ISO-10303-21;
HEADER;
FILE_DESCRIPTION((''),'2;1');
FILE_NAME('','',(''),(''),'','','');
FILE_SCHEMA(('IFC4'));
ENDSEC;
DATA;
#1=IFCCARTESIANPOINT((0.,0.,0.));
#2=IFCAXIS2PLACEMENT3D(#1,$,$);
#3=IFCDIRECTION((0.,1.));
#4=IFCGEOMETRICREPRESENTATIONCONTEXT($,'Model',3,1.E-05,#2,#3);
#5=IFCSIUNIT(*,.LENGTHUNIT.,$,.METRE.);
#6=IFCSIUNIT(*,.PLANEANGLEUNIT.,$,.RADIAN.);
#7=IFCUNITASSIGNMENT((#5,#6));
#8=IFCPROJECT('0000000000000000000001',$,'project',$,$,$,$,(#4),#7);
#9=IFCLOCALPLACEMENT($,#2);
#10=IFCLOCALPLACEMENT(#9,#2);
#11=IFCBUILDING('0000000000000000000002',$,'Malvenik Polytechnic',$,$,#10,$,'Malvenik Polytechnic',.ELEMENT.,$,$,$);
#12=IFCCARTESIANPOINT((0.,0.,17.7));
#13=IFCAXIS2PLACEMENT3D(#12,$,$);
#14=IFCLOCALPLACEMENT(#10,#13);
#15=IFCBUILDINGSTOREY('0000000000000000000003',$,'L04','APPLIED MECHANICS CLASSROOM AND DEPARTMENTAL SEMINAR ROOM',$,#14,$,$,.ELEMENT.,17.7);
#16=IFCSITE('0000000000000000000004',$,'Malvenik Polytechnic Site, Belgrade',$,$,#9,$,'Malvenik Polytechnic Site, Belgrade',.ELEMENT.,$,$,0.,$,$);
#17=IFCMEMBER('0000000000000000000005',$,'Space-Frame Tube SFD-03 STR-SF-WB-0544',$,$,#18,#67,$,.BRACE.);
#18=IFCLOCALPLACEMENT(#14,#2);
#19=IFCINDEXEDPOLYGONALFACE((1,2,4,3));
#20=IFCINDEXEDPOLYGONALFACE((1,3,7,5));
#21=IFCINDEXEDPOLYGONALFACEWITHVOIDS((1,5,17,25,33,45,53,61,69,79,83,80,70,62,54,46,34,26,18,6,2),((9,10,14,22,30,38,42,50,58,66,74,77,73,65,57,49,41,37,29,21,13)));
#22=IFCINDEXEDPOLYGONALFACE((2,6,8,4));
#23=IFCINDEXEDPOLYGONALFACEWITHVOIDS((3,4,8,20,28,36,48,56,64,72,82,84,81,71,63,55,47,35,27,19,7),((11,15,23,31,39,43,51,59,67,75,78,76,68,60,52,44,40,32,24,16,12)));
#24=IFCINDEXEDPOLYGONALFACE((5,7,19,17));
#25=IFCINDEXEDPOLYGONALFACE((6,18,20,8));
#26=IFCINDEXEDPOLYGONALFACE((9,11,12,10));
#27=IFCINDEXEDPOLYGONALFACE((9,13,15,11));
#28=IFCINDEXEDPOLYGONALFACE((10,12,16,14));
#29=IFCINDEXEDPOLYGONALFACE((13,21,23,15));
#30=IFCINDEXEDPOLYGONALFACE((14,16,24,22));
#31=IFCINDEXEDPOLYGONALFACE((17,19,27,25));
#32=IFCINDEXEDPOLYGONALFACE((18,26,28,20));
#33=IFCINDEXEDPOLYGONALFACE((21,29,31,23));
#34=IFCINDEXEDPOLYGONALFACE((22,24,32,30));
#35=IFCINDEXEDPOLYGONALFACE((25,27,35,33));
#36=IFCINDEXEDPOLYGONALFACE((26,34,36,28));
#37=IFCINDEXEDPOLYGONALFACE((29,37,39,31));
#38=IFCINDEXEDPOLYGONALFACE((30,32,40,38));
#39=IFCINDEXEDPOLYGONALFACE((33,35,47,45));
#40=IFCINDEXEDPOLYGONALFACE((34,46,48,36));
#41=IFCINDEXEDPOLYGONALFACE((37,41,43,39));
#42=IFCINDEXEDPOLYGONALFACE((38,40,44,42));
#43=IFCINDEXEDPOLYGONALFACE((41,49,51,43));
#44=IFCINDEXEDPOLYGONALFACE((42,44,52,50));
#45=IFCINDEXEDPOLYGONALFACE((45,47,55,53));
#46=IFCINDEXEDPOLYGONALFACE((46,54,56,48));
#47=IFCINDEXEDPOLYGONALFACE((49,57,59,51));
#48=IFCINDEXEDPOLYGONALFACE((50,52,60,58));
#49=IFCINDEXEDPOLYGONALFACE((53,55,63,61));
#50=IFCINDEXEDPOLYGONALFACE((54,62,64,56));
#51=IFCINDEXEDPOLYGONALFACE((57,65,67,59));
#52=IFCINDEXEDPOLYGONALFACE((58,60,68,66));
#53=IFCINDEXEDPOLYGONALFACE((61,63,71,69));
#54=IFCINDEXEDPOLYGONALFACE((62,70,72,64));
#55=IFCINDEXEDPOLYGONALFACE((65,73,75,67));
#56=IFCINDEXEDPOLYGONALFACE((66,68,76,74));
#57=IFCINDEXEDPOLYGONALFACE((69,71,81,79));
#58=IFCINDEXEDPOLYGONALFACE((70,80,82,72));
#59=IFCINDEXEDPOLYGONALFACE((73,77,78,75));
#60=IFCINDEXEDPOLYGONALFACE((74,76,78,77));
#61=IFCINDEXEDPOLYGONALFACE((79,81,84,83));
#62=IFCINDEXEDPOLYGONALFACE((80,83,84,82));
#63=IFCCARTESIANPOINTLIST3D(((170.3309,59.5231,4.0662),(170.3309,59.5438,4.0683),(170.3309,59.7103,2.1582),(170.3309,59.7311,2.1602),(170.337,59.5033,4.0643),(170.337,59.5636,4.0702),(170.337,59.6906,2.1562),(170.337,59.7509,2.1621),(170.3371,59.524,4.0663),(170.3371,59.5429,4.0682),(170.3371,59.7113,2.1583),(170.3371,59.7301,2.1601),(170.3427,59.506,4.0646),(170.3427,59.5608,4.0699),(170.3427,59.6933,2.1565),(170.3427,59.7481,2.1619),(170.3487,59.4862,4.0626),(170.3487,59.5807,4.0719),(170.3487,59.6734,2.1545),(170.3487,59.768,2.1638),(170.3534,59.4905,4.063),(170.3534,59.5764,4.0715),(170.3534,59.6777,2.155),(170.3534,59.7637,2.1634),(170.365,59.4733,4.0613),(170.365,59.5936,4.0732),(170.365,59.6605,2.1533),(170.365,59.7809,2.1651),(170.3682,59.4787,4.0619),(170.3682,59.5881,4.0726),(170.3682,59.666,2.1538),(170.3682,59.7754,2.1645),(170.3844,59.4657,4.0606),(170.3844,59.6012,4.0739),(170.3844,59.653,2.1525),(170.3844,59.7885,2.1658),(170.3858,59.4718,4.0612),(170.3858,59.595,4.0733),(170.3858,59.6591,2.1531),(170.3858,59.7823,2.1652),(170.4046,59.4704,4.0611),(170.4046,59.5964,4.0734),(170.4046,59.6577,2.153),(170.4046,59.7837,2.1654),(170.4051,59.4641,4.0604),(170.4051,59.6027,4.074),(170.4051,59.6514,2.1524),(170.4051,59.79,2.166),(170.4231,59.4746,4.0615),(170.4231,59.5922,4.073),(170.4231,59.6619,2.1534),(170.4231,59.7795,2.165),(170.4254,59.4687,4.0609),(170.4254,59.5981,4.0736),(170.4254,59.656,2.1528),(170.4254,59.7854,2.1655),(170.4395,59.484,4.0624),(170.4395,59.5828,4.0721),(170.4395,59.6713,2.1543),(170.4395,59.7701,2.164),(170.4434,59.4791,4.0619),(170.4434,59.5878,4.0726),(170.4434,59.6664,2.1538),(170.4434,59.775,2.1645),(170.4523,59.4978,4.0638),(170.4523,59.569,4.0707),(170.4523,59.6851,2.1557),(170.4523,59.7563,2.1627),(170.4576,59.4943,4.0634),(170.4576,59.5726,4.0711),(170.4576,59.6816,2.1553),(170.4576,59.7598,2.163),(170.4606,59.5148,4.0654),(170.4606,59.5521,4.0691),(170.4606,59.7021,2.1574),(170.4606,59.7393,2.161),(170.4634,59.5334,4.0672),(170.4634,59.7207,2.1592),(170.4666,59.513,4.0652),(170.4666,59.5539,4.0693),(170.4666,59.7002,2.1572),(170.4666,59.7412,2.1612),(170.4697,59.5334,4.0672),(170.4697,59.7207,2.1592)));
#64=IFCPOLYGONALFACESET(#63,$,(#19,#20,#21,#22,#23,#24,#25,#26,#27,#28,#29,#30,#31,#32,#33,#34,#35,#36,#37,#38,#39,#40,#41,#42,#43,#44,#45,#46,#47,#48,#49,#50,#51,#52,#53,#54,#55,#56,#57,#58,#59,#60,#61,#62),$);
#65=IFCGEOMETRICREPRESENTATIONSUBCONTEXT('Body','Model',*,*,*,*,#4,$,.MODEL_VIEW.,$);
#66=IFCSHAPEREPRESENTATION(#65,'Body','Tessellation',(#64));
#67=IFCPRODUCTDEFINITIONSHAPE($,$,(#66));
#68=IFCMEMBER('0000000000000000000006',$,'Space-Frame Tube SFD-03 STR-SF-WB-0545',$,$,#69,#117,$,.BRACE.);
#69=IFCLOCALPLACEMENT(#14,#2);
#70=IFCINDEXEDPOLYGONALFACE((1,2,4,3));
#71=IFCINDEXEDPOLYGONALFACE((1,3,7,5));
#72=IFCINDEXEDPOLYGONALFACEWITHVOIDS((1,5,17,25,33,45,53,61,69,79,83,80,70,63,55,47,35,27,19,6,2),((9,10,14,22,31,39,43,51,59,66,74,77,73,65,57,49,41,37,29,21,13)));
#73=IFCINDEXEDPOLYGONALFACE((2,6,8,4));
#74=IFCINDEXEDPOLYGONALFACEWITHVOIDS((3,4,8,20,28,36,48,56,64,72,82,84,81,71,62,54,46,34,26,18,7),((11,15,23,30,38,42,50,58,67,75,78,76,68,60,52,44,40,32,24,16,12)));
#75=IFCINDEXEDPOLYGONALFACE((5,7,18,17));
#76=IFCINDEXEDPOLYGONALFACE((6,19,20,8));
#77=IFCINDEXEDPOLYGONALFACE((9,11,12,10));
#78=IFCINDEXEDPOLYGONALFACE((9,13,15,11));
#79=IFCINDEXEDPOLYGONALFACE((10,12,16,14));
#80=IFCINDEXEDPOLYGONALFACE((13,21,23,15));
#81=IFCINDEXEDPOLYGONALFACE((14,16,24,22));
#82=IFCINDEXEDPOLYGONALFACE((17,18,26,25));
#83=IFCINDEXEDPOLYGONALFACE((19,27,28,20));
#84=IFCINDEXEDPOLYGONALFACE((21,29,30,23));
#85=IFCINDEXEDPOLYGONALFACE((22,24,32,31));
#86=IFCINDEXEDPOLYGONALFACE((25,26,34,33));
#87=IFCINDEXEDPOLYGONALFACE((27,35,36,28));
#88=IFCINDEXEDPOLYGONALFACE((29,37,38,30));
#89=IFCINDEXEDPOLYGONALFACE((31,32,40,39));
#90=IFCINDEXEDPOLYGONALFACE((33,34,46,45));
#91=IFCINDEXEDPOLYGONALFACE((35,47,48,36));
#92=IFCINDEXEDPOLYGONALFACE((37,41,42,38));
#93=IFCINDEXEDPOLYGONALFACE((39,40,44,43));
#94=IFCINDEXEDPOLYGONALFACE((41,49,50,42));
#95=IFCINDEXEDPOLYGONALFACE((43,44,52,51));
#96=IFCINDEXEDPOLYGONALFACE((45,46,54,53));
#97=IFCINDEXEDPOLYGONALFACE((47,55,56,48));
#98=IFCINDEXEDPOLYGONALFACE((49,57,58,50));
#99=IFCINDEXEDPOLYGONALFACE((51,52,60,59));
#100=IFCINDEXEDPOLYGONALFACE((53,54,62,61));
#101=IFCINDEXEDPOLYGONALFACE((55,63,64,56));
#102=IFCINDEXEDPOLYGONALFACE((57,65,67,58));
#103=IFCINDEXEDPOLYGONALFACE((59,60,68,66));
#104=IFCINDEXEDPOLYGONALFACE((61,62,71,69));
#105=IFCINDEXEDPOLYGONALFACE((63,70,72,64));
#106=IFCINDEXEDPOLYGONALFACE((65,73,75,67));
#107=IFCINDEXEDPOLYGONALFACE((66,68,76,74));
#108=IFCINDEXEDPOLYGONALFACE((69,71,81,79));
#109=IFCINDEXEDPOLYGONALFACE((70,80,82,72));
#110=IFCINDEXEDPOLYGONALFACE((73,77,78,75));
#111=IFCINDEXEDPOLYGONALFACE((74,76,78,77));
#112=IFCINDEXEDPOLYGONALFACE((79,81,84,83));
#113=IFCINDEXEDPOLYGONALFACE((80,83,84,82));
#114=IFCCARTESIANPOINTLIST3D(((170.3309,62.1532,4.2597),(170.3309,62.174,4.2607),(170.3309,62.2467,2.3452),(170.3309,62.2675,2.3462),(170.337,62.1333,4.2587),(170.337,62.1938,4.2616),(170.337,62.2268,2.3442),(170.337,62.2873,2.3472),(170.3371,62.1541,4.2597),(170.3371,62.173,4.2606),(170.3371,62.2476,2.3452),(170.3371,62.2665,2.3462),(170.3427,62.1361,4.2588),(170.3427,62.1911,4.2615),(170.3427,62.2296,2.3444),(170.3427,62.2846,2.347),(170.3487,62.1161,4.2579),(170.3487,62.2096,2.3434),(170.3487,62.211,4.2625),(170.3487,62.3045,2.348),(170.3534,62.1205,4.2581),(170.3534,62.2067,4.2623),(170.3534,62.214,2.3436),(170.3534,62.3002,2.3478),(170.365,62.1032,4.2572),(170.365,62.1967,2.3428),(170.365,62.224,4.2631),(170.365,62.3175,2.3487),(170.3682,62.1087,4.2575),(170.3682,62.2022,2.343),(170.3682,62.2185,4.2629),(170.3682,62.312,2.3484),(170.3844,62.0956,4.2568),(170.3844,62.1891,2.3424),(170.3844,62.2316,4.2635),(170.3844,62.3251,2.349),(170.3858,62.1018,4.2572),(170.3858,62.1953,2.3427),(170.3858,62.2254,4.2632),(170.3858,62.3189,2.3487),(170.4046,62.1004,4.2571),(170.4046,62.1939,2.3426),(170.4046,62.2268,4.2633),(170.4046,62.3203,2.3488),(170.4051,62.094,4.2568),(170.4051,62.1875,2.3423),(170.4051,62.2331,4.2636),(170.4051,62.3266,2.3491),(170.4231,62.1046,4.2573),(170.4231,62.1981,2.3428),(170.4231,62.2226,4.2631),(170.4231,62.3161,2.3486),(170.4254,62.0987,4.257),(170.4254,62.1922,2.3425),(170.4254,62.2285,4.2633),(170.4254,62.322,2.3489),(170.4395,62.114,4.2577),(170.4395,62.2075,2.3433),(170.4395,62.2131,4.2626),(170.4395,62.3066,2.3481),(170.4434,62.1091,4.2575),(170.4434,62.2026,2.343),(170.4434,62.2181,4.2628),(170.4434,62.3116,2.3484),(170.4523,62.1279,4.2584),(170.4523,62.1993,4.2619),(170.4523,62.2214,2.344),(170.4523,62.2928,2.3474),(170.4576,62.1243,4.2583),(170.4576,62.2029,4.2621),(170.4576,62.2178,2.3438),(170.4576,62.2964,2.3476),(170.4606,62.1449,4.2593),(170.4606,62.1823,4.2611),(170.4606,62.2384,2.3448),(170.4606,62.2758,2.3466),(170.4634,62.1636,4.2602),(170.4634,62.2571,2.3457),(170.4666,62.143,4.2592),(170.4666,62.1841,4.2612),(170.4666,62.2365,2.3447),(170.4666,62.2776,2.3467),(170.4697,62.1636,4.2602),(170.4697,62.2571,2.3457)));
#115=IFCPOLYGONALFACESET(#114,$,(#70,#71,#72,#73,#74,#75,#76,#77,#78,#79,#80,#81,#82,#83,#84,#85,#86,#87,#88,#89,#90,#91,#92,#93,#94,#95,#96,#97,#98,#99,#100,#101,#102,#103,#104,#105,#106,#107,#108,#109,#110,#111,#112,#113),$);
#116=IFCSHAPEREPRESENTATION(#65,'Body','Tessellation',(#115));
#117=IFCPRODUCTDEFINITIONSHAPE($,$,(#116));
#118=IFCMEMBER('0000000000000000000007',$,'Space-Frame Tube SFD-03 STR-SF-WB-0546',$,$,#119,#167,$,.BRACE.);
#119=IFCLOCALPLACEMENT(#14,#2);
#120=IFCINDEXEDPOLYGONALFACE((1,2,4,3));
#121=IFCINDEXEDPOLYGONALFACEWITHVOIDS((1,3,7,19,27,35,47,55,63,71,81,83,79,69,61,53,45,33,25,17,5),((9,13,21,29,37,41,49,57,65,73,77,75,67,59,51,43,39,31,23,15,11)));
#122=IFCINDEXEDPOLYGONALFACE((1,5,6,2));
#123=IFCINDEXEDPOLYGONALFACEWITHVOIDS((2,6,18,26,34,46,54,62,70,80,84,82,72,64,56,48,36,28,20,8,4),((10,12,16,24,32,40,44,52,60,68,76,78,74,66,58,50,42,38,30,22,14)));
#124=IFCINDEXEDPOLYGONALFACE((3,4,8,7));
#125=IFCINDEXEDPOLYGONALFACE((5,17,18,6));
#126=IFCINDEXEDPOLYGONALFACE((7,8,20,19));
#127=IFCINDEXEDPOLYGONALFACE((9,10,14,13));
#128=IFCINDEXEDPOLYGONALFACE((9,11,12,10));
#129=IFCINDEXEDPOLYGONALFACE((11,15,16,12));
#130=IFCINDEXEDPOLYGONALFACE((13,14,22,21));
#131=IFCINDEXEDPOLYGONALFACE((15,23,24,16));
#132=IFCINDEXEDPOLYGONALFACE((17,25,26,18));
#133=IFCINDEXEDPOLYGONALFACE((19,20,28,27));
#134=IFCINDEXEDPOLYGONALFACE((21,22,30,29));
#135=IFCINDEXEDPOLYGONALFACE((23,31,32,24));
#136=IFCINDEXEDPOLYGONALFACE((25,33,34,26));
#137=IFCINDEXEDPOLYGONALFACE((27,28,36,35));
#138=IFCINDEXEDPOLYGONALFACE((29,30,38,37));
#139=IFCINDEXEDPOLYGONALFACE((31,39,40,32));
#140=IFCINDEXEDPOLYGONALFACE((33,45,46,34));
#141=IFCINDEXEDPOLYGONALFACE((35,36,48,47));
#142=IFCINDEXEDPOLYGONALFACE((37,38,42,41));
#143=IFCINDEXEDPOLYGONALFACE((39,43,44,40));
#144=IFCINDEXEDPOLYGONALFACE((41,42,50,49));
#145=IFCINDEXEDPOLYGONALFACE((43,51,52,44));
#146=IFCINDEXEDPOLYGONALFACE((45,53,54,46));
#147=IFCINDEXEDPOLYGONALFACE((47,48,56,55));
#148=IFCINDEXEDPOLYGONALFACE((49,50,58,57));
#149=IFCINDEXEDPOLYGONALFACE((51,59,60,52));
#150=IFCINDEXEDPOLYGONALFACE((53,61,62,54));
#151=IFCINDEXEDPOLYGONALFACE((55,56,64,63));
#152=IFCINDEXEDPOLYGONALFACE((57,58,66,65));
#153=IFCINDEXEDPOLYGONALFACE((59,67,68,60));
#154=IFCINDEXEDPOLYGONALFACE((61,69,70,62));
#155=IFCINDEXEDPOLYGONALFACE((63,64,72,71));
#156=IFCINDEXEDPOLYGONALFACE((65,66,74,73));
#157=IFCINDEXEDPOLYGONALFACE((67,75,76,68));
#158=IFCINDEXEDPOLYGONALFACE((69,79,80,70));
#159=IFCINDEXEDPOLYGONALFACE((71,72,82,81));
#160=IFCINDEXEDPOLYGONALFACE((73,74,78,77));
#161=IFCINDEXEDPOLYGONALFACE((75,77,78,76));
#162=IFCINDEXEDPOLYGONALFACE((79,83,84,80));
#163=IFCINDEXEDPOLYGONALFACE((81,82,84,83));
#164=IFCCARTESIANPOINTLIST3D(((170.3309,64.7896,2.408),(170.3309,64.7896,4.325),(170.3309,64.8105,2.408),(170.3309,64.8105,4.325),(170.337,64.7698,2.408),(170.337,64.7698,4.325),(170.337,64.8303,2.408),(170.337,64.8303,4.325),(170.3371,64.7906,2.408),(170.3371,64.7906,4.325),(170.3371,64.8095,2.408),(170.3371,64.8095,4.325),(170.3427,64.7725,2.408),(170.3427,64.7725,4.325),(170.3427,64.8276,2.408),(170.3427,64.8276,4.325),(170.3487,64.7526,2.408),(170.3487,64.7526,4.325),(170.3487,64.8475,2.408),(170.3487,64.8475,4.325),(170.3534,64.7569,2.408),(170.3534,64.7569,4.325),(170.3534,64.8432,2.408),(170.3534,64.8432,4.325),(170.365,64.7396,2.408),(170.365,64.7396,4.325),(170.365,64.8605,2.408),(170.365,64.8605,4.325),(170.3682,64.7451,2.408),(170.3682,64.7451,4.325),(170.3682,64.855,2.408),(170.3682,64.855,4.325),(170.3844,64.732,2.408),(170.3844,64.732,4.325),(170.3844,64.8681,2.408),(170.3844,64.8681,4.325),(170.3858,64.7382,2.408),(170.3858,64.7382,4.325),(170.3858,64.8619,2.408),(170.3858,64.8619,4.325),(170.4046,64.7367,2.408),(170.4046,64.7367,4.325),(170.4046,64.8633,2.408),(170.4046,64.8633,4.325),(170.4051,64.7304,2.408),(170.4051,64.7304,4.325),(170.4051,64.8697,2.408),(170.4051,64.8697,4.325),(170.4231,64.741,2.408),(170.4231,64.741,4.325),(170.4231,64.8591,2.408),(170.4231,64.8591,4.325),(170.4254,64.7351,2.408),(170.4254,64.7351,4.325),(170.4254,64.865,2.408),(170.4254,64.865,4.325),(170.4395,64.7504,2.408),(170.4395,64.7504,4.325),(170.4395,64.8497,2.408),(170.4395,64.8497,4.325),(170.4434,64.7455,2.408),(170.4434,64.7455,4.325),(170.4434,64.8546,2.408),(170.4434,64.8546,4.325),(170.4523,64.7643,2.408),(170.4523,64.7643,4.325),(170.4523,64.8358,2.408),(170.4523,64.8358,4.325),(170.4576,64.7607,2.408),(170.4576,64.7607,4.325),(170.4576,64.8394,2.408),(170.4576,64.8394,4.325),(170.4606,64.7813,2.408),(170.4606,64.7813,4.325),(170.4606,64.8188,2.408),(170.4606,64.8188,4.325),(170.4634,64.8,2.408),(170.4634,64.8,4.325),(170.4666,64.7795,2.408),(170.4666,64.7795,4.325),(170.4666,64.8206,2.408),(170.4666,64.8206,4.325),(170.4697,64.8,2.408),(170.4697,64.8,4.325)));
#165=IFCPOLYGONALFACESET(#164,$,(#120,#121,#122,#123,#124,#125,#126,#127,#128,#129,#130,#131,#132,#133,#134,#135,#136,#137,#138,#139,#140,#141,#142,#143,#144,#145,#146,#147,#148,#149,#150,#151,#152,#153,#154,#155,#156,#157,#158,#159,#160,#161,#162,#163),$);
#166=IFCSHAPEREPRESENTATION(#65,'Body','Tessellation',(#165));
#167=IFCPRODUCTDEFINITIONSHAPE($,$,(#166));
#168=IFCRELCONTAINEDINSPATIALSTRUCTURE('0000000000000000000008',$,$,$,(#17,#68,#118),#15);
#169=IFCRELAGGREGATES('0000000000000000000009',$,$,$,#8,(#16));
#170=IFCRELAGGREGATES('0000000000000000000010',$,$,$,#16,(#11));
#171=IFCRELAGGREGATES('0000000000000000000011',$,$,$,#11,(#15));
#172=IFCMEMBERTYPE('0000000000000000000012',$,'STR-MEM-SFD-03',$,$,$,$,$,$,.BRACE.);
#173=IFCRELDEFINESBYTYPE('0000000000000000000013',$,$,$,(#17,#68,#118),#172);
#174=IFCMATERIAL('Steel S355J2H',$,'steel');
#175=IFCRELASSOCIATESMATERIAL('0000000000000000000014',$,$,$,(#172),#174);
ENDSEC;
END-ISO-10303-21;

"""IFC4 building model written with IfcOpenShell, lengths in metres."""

from ifc_helpers import new_model, si_unit, direction, frame, origin, origin_2d, place, context, subcontext, project, spatial, hollow_circle, extrude, material, material_profile, profile_set, type_object, element, save


model = new_model("IFC4")

# Units and contexts
model_context = context("Model", 3, precision=1e-05, world=origin(), true_north=direction((0.0, 1.0)))
body_context = subcontext(model_context, "Body", "Model", "MODEL_VIEW")
ifc_project = project(units=[si_unit("LENGTHUNIT", "METRE"), si_unit("PLANEANGLEUNIT", "RADIAN")], contexts=[model_context])

# Site, building, storey
site_placement = place(None, origin())
site = spatial("IfcSite", under=ifc_project, at=site_placement, Name="Malvenik Polytechnic Site, Belgrade", LongName="Malvenik Polytechnic Site, Belgrade", CompositionType="ELEMENT", RefElevation=0.0)
building_placement = place(site_placement, origin())
building = spatial("IfcBuilding", under=site, at=building_placement, Name="Malvenik Polytechnic", LongName="Malvenik Polytechnic", CompositionType="ELEMENT")
storey_placement = place(building_placement, frame((0.0, 0.0, 17.7)))
storey = spatial("IfcBuildingStorey", under=building, at=storey_placement, Name="L04", Description="APPLIED MECHANICS CLASSROOM AND DEPARTMENTAL SEMINAR ROOM", CompositionType="ELEMENT", Elevation=17.7)

# Members
ifc_material_1 = material(Name="Steel S355J2H", Category="steel")
ifc_material_profile_1 = material_profile(ifc_material_1, hollow_circle(Radius=0.0698, WallThickness=0.0063, at=origin_2d()), Name="CHS 139.7x6.3")
ifc_profile_set_1 = profile_set([ifc_material_profile_1], Name="Steel S355J2H")
member_type_1 = type_object("IfcMemberType", Name="STR-MEM-SFD-03", PredefinedType="BRACE", material=ifc_profile_set_1)
member_1_placement = place(storey_placement, frame((170.3999, 59.7207, 2.1592), z_axis=(0.0, -0.097675, 0.995218), x_axis=(1.0, 0.0, 0.0)))
element("IfcMember", 1, at=member_1_placement, inside=storey, type_object=member_type_1, Name="Space-Frame Tube SFD-03 STR-SF-WB-0544", PredefinedType="BRACE", context=body_context, shape_type="SweptSolid", body=[
    extrude(hollow_circle(Radius=0.0698, WallThickness=0.0063, at=origin_2d()), origin(), (0.0, 0.0, 1.0), 1.9172),
])
member_2_placement = place(storey_placement, frame((170.3999, 62.2571, 2.3457), z_axis=(0.0, -0.048781, 0.998809), x_axis=(1.0, 0.0, 0.0)))
element("IfcMember", 2, at=member_2_placement, inside=storey, type_object=member_type_1, Name="Space-Frame Tube SFD-03 STR-SF-WB-0545", PredefinedType="BRACE", context=body_context, shape_type="SweptSolid", body=[
    extrude(hollow_circle(Radius=0.0698, WallThickness=0.0063, at=origin_2d()), origin(), (0.0, 0.0, 1.0), 1.9167),
])
member_3_placement = place(storey_placement, frame((170.3999, 64.8, 2.408), z_axis=(0.0, 0.0, 1.0), x_axis=(1.0, 0.0, 0.0)))
element("IfcMember", 3, at=member_3_placement, inside=storey, type_object=member_type_1, Name="Space-Frame Tube SFD-03 STR-SF-WB-0546", PredefinedType="BRACE", context=body_context, shape_type="SweptSolid", body=[
    extrude(hollow_circle(Radius=0.0698, WallThickness=0.0063, at=origin_2d()), origin(), (0.0, 0.0, 1.0), 1.917),
])

save(model, "model.ifc")
